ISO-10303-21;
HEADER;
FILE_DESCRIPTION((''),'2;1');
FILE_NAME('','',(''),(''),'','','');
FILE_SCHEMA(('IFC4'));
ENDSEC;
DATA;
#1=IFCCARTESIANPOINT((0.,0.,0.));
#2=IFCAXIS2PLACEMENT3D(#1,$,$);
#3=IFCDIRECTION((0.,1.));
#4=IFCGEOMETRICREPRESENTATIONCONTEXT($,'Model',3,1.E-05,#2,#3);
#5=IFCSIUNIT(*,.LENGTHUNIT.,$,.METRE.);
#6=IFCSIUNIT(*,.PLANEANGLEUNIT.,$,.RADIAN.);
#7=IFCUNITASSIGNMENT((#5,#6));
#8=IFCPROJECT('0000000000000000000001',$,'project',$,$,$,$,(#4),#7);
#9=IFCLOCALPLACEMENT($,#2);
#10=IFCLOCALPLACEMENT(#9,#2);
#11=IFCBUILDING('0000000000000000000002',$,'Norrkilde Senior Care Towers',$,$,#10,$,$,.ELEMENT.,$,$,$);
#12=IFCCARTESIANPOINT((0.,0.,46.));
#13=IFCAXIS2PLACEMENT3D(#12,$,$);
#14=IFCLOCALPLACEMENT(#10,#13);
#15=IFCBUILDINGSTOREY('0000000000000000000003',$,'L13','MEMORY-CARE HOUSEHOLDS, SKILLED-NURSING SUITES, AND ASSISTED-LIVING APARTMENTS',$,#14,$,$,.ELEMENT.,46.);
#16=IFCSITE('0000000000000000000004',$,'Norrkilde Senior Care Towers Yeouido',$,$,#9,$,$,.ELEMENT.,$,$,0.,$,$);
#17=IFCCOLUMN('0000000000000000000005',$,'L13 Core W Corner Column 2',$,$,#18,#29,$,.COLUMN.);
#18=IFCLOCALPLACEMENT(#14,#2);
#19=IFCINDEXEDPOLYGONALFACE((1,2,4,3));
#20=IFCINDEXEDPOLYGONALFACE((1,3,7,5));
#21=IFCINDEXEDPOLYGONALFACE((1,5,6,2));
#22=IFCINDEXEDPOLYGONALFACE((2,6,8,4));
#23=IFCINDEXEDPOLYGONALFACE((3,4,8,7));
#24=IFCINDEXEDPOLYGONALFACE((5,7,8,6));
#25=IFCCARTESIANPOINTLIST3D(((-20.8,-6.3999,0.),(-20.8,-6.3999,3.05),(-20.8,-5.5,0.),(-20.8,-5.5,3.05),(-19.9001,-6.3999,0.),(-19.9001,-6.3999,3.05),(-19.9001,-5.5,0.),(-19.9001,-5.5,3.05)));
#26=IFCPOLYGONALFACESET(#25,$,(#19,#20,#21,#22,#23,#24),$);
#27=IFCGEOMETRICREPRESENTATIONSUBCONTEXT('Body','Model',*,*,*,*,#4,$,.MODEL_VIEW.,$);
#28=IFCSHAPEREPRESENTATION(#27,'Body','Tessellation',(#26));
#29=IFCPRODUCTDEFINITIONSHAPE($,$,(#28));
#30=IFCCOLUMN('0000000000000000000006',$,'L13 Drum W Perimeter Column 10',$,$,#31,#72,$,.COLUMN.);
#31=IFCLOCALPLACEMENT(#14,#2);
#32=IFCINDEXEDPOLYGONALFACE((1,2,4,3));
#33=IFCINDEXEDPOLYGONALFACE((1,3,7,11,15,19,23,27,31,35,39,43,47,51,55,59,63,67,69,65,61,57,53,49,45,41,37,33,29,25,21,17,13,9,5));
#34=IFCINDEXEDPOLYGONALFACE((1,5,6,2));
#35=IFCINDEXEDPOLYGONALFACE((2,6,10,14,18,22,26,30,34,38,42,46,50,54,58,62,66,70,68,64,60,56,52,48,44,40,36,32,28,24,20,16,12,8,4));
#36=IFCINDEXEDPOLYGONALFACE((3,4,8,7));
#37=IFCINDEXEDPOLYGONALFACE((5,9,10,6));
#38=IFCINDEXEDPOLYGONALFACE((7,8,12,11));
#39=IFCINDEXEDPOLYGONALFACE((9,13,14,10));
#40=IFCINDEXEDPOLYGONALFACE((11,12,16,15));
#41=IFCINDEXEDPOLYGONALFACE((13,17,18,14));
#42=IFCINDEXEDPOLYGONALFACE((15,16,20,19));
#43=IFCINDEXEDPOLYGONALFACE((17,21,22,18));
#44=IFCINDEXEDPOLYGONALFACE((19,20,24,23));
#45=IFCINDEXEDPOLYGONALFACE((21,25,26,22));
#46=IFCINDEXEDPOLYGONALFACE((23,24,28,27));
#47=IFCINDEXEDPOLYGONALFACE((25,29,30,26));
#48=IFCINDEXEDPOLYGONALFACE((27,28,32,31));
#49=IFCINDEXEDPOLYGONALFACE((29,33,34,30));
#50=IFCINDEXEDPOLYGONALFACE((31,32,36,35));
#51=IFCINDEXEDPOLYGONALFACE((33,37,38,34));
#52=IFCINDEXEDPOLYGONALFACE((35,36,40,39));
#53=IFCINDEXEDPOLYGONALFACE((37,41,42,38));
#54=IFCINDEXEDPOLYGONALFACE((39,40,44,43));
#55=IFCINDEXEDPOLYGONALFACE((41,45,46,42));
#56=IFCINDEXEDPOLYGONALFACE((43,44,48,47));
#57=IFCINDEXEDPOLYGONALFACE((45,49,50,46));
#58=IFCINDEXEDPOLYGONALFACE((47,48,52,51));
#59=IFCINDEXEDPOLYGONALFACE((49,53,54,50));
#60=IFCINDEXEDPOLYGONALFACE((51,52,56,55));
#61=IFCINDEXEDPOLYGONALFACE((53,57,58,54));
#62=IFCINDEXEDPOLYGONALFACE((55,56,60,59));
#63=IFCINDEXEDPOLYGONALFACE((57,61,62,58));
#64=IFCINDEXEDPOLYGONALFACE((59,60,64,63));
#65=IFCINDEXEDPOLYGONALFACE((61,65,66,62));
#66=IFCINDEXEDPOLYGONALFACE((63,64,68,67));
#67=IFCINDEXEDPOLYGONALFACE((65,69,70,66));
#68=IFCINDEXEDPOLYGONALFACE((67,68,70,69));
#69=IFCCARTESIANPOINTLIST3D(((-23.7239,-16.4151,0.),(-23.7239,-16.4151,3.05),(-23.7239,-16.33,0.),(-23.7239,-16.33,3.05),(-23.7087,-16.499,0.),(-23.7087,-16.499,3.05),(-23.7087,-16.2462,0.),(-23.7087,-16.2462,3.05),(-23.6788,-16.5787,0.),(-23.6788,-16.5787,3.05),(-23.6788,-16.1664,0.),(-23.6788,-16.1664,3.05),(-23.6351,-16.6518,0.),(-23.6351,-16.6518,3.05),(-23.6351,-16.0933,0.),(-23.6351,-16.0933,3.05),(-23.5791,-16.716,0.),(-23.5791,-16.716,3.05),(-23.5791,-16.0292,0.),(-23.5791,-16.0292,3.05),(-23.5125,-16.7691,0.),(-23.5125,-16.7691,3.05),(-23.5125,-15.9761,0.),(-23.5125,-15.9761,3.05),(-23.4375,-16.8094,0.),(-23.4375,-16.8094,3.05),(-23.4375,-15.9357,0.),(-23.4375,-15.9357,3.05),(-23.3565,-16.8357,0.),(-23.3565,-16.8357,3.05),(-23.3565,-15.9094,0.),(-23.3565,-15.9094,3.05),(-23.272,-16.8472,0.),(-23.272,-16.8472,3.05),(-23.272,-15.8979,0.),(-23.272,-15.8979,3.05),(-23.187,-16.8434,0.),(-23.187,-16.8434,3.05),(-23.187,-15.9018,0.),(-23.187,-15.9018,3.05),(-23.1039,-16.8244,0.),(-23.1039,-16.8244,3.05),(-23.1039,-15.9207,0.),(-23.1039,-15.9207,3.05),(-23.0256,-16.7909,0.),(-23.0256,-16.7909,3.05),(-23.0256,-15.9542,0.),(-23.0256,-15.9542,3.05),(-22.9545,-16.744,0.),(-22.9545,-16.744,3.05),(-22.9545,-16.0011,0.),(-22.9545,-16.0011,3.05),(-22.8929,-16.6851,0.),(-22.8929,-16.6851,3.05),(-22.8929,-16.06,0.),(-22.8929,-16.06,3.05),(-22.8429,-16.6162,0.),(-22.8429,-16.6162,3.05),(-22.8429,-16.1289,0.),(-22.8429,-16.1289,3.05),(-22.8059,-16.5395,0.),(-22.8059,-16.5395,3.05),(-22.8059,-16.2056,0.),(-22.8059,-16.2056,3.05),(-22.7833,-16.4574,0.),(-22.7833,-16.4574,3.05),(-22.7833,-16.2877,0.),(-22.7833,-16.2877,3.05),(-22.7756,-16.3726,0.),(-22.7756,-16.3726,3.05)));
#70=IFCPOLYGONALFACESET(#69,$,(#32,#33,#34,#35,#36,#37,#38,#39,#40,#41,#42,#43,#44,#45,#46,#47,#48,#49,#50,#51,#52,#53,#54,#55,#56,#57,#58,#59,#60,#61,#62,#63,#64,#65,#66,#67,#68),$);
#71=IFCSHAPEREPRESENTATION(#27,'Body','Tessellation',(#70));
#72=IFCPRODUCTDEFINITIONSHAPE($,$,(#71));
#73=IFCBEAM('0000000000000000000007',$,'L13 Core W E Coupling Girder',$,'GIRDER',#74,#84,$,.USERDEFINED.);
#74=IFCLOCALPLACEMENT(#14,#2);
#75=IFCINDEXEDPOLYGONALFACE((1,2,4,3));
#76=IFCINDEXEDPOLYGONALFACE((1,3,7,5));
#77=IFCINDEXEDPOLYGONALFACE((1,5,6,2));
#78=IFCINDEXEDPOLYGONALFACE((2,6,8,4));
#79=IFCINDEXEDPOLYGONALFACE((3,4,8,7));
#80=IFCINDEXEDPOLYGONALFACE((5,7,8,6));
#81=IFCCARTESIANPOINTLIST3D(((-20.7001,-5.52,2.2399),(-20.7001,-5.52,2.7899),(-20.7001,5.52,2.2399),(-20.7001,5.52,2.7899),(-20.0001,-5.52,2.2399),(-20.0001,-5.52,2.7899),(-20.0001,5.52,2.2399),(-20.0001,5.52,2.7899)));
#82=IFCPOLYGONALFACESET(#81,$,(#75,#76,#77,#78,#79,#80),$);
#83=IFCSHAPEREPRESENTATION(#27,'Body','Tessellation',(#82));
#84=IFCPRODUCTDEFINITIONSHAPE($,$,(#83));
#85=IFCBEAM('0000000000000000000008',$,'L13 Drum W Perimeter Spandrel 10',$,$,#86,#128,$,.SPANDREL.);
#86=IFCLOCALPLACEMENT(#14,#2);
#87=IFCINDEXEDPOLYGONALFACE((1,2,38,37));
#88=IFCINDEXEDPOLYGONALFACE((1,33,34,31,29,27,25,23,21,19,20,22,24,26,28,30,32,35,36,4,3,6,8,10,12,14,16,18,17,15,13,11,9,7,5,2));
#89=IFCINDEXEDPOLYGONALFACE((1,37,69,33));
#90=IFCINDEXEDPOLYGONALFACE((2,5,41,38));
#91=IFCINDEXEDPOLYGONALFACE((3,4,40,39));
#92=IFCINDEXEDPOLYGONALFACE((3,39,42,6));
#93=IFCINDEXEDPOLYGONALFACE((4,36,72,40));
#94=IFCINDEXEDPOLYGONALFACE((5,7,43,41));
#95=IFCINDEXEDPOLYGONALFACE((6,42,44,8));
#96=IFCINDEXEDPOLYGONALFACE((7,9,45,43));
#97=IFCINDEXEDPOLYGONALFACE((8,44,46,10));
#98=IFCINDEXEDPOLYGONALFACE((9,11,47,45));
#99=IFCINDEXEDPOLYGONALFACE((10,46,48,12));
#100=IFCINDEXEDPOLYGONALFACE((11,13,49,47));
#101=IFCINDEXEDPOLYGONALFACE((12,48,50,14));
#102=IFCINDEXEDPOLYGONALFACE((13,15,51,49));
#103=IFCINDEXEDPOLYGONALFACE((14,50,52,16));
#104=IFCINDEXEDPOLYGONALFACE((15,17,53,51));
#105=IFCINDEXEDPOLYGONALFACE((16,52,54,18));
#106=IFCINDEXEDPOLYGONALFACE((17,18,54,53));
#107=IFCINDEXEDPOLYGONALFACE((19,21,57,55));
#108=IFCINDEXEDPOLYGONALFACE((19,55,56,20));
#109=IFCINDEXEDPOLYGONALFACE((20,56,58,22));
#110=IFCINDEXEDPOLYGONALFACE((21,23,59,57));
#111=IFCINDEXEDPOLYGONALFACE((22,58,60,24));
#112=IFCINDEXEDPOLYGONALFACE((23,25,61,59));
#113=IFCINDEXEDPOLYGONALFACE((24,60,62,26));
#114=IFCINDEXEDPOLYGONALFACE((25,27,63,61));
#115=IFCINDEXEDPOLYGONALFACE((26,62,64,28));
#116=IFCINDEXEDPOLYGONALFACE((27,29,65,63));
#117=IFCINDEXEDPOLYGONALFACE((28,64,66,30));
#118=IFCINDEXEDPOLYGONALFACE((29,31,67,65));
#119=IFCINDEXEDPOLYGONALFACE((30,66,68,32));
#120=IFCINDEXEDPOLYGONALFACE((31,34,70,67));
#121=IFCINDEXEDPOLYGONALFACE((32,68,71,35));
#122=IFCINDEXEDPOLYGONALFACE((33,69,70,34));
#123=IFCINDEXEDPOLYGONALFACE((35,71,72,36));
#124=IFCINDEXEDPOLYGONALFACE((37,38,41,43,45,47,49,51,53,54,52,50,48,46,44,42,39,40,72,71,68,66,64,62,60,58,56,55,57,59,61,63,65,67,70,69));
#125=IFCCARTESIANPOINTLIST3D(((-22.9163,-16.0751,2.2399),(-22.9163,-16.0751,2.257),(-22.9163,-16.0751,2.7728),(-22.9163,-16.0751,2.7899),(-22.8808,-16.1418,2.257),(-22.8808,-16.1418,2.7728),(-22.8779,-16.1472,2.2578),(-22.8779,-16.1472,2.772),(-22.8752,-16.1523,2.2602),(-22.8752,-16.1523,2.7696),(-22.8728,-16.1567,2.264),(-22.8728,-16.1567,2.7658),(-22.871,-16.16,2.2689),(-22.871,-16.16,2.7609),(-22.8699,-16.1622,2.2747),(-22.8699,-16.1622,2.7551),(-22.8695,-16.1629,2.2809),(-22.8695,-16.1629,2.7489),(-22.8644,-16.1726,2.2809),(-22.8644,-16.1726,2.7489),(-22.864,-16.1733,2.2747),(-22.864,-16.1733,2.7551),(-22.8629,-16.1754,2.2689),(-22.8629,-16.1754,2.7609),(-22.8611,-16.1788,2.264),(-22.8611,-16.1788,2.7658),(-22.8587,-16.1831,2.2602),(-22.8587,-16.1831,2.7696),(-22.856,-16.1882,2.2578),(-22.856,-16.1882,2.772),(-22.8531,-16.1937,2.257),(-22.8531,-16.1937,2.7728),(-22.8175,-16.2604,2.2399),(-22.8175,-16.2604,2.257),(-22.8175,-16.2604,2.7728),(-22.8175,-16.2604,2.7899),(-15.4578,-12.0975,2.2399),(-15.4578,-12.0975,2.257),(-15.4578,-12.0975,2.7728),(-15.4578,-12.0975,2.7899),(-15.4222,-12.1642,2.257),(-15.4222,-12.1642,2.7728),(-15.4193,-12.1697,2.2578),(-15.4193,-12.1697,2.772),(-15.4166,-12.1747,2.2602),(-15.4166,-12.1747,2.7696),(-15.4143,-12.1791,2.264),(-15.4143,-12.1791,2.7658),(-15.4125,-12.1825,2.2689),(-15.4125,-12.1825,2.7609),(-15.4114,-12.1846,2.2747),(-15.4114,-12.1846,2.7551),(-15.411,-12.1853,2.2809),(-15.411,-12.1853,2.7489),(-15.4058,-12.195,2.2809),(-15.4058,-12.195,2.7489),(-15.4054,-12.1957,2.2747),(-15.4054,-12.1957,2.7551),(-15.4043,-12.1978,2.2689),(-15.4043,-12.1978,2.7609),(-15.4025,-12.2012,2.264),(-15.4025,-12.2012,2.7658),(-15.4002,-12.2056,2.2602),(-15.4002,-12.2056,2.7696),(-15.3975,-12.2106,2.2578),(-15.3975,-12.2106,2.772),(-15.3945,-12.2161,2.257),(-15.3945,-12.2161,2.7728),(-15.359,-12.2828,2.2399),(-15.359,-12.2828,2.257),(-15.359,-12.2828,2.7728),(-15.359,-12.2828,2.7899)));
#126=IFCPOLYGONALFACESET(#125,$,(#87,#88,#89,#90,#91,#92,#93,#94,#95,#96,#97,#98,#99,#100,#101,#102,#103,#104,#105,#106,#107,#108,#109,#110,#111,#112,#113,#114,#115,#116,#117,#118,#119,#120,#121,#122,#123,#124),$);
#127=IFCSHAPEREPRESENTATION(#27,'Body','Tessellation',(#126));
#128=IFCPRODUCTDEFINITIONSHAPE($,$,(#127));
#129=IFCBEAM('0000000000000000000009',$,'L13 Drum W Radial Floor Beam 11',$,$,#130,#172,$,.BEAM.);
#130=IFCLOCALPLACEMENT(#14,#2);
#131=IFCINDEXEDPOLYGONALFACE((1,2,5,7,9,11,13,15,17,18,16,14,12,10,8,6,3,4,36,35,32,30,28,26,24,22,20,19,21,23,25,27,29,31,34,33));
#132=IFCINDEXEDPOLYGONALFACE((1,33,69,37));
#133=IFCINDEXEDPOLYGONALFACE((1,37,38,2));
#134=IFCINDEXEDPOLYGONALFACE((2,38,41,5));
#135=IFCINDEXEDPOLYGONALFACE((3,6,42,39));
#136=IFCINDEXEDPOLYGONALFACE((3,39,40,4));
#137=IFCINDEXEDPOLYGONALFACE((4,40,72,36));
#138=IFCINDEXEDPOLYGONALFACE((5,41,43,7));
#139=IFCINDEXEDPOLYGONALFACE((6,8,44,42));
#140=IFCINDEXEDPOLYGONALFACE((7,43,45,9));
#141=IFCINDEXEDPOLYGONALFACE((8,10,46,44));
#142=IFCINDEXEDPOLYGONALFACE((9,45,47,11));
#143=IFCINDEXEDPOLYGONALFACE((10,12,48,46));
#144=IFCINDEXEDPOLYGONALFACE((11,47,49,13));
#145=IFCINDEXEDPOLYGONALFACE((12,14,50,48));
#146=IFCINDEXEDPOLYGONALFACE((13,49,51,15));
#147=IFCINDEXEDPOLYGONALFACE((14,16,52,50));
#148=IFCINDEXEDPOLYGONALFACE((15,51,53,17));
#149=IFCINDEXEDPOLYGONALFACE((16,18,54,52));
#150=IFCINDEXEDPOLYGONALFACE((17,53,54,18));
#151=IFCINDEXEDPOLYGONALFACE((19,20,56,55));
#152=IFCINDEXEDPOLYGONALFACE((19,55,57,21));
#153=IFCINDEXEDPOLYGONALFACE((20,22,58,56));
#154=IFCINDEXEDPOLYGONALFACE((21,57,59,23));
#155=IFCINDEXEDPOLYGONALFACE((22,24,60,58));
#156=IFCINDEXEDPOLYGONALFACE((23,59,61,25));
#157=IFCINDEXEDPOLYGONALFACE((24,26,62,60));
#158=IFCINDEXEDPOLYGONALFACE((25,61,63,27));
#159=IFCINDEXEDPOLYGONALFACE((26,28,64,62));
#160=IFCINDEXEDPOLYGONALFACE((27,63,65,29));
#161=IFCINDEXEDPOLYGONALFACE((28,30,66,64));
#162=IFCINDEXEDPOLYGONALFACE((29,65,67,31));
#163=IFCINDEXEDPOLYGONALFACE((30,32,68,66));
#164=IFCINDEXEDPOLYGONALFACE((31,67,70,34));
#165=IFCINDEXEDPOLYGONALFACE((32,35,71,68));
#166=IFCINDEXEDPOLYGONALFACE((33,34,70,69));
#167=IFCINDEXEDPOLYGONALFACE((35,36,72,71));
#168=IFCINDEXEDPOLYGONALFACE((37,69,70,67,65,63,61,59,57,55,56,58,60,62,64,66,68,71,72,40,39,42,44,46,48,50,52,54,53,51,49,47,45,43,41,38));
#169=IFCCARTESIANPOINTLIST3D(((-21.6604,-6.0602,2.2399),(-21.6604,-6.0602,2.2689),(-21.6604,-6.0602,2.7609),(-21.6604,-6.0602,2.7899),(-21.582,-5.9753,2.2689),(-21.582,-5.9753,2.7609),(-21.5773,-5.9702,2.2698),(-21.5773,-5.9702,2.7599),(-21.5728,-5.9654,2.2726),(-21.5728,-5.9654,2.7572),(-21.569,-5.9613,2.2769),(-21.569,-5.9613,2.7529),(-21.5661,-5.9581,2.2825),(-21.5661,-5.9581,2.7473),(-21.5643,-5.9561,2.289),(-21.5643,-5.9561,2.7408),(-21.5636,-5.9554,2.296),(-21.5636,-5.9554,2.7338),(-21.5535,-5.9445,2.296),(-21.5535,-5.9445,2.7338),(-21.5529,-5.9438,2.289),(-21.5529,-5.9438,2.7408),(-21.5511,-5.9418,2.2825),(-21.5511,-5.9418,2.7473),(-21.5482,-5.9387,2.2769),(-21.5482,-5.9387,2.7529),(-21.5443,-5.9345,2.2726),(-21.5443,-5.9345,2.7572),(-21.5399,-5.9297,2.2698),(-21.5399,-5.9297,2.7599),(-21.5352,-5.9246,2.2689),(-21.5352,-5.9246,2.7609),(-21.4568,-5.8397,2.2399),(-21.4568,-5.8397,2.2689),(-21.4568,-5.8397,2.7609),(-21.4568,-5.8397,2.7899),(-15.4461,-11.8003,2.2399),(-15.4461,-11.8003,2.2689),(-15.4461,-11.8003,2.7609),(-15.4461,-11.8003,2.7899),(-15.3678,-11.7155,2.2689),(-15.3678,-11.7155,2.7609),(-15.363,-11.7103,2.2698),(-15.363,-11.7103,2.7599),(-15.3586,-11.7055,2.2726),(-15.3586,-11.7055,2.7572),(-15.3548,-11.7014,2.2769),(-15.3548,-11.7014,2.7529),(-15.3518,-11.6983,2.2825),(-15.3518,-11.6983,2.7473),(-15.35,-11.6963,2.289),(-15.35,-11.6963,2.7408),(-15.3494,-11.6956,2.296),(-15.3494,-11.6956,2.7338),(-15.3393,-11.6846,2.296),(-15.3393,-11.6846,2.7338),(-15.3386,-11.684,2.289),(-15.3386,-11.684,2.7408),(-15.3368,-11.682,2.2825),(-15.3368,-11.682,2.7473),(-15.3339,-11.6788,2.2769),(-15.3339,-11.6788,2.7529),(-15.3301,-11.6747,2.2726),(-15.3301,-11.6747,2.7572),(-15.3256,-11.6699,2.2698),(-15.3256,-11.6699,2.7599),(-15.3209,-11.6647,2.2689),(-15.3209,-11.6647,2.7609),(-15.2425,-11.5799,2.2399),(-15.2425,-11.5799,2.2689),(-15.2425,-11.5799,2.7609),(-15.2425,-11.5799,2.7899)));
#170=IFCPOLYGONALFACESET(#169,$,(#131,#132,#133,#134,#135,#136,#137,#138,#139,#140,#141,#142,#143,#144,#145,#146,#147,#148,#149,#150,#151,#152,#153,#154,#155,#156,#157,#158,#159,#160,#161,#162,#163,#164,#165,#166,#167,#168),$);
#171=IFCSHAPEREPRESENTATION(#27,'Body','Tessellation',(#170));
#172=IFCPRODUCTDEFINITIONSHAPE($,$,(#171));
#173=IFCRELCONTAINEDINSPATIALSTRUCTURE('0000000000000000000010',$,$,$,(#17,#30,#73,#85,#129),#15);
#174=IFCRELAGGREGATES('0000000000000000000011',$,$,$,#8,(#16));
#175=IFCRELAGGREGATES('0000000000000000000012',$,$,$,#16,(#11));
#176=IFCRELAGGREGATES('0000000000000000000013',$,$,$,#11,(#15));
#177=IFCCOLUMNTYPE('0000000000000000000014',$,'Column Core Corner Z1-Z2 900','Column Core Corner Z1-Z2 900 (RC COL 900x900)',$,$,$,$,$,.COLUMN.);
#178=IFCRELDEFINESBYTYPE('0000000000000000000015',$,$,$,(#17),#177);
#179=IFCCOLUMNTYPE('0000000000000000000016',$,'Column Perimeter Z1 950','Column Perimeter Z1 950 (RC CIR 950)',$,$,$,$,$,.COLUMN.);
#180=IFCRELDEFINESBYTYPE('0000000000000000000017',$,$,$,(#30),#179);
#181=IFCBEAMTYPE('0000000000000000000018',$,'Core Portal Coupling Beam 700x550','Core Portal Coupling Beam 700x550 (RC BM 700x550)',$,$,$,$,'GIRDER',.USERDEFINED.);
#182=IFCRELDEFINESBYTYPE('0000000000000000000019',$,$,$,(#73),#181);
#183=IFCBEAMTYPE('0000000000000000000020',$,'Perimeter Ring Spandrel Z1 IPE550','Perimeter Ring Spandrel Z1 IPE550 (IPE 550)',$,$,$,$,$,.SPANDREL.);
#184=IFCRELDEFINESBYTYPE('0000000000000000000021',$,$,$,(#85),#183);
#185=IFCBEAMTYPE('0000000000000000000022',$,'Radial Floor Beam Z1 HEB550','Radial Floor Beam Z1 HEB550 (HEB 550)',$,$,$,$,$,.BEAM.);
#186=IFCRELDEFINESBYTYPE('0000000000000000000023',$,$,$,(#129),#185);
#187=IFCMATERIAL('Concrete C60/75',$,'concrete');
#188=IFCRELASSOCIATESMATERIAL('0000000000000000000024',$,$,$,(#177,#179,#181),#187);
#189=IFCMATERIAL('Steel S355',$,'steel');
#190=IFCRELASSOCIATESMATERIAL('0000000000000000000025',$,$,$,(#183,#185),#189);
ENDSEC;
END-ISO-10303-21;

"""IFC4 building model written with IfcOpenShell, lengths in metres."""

from ifc_helpers import new_model, si_unit, direction, frame, origin, origin_2d, place, context, subcontext, project, spatial, rectangle, circle, i_section, extrude, source, transform, mapped, material, material_profile, profile_set, type_object, type_shapes, element, save


model = new_model("IFC4")

# Units and contexts
model_context = context("Model", 3, precision=1e-05, world=origin(), true_north=direction((0.0, 1.0)))
body_context = subcontext(model_context, "Body", "Model", "MODEL_VIEW")
ifc_project = project(units=[si_unit("LENGTHUNIT", "METRE"), si_unit("PLANEANGLEUNIT", "RADIAN")], contexts=[model_context])

# Site, building, storey
site_placement = place(None, origin())
site = spatial("IfcSite", under=ifc_project, at=site_placement, Name="Norrkilde Senior Care Towers Yeouido", CompositionType="ELEMENT", RefElevation=0.0)
building_placement = place(site_placement, origin())
building = spatial("IfcBuilding", under=site, at=building_placement, Name="Norrkilde Senior Care Towers", CompositionType="ELEMENT")
storey_placement = place(building_placement, frame((0.0, 0.0, 46.0)))
storey = spatial("IfcBuildingStorey", under=building, at=storey_placement, Name="L13", Description="MEMORY-CARE HOUSEHOLDS, SKILLED-NURSING SUITES, AND ASSISTED-LIVING APARTMENTS", CompositionType="ELEMENT", Elevation=46.0)

# Columns
ifc_material_1 = material(Name="Concrete C60/75", Category="concrete")
ifc_material_profile_1 = material_profile(ifc_material_1, rectangle(XDim=0.8999, YDim=0.8999, at=origin_2d()), Name="RC COL 900x900")
ifc_profile_set_1 = profile_set([ifc_material_profile_1], Name="Concrete C60/75")
column_type_1 = type_object("IfcColumnType", Name="Column Core Corner Z1-Z2 900", Description="Column Core Corner Z1-Z2 900 (RC COL 900x900)", PredefinedType="COLUMN", material=ifc_profile_set_1)
shared_shape_1 = source(origin(), body_context, "Body", "SweptSolid", [
    extrude(rectangle(XDim=0.8999, YDim=0.8999, at=origin_2d()), origin(), (0.0, 0.0, 1.0), 3.05),
])
type_shapes(column_type_1, [shared_shape_1])
column_1_placement = place(storey_placement, frame((-20.3501, -5.95, 0.0), z_axis=(0.0, 0.0, 1.0), x_axis=(1.0, 0.0, 0.0)))
element("IfcColumn", 1, at=column_1_placement, inside=storey, type_object=column_type_1, Name="L13 Core W Corner Column 2", PredefinedType="COLUMN", context=body_context, shape_type="MappedRepresentation", body=[
    mapped(shared_shape_1, transform((0.0, 0.0, 0.0), x_axis=(1.0, 0.0, 0.0), y_axis=(0.0, 1.0, 0.0), z_axis=(0.0, 0.0, 1.0), scale=1.0)),
])
ifc_material_profile_2 = material_profile(ifc_material_1, circle(Radius=0.4751, at=origin_2d()), Name="RC CIR 950")
ifc_profile_set_2 = profile_set([ifc_material_profile_2], Name="Concrete C60/75")
column_type_2 = type_object("IfcColumnType", Name="Column Perimeter Z1 950", Description="Column Perimeter Z1 950 (RC CIR 950)", PredefinedType="COLUMN", material=ifc_profile_set_2)
shared_shape_2 = source(origin(), body_context, "Body", "SweptSolid", [
    extrude(circle(Radius=0.4751, at=origin_2d()), origin(), (0.0, 0.0, 1.0), 3.05),
])
type_shapes(column_type_2, [shared_shape_2])
column_2_placement = place(storey_placement, frame((-23.2507, -16.3726, 0.0), z_axis=(0.0, 0.0, 1.0), x_axis=(1.0, 0.0, 0.0)))
element("IfcColumn", 2, at=column_2_placement, inside=storey, type_object=column_type_2, Name="L13 Drum W Perimeter Column 10", PredefinedType="COLUMN", context=body_context, shape_type="MappedRepresentation", body=[
    mapped(shared_shape_2, transform((0.0, 0.0, 0.0), x_axis=(1.0, 0.0, 0.0), y_axis=(0.0, 1.0, 0.0), z_axis=(0.0, 0.0, 1.0), scale=1.0)),
])

# Beams
ifc_material_profile_3 = material_profile(ifc_material_1, rectangle(XDim=0.7, YDim=0.55, at=origin_2d()), Name="RC BM 700x550")
ifc_profile_set_3 = profile_set([ifc_material_profile_3], Name="Concrete C60/75")
beam_type_1 = type_object("IfcBeamType", Name="Core Portal Coupling Beam 700x550", Description="Core Portal Coupling Beam 700x550 (RC BM 700x550)", ElementType="GIRDER", PredefinedType="USERDEFINED", material=ifc_profile_set_3)
shared_shape_3 = source(origin(), body_context, "Body", "SweptSolid", [
    extrude(rectangle(XDim=0.7, YDim=0.55, at=origin_2d()), origin(), (0.0, 0.0, 1.0), 11.04),
])
type_shapes(beam_type_1, [shared_shape_3])
beam_1_placement = place(storey_placement, frame((-20.3501, -5.52, 2.5149), z_axis=(0.0, 1.0, 0.0), x_axis=(-1.0, 0.0, 0.0)))
element("IfcBeam", 3, at=beam_1_placement, inside=storey, type_object=beam_type_1, Name="L13 Core W E Coupling Girder", ObjectType="GIRDER", PredefinedType="USERDEFINED", context=body_context, shape_type="MappedRepresentation", body=[
    mapped(shared_shape_3, transform((0.0, 0.0, 0.0), x_axis=(1.0, 0.0, 0.0), y_axis=(0.0, 1.0, 0.0), z_axis=(0.0, 0.0, 1.0), scale=1.0)),
])
ifc_material_2 = material(Name="Steel S355", Category="steel")
ifc_material_profile_4 = material_profile(ifc_material_2, i_section(OverallWidth=0.21, OverallDepth=0.55, WebThickness=0.011, FlangeThickness=0.0171, FilletRadius=0.0239, at=origin_2d()), Name="IPE 550")
ifc_profile_set_4 = profile_set([ifc_material_profile_4], Name="Steel S355")
beam_type_2 = type_object("IfcBeamType", Name="Perimeter Ring Spandrel Z1 IPE550", Description="Perimeter Ring Spandrel Z1 IPE550 (IPE 550)", PredefinedType="SPANDREL", material=ifc_profile_set_4)
shared_shape_4 = source(origin(), body_context, "Body", "SweptSolid", [
    extrude(i_section(OverallWidth=0.21, OverallDepth=0.55, WebThickness=0.011, FlangeThickness=0.0171, FilletRadius=0.0239, at=origin_2d()), origin(), (0.0, 0.0, 1.0), 8.4529),
])
type_shapes(beam_type_2, [shared_shape_4])
beam_2_placement = place(storey_placement, frame((-22.8669, -16.1677, 2.5149), z_axis=(0.882369, 0.470558, 0.0), x_axis=(-0.470558, 0.882369, 0.0)))
element("IfcBeam", 4, at=beam_2_placement, inside=storey, type_object=beam_type_2, Name="L13 Drum W Perimeter Spandrel 10", PredefinedType="SPANDREL", context=body_context, shape_type="MappedRepresentation", body=[
    mapped(shared_shape_4, transform((0.0, 0.0, 0.0), x_axis=(1.0, 0.0, 0.0), y_axis=(0.0, 1.0, 0.0), z_axis=(0.0, 0.0, 1.0), scale=1.0)),
])
ifc_material_profile_5 = material_profile(ifc_material_2, i_section(OverallWidth=0.3, OverallDepth=0.55, WebThickness=0.0149, FlangeThickness=0.0291, FilletRadius=0.0271, at=origin_2d()), Name="HEB 550")
ifc_profile_set_5 = profile_set([ifc_material_profile_5], Name="Steel S355")
beam_type_3 = type_object("IfcBeamType", Name="Radial Floor Beam Z1 HEB550", Description="Radial Floor Beam Z1 HEB550 (HEB 550)", PredefinedType="BEAM", material=ifc_profile_set_5)
shared_shape_5 = source(origin(), body_context, "Body", "SweptSolid", [
    extrude(i_section(OverallWidth=0.3, OverallDepth=0.55, WebThickness=0.0149, FlangeThickness=0.0291, FilletRadius=0.0271, at=origin_2d()), origin(), (0.0, 0.0, 1.0), 8.4597),
])
beam_3_placement = place(storey_placement, frame((-21.5586, -5.95, 2.5149), z_axis=(0.734573, -0.678529, 0.0), x_axis=(0.678529, 0.734573, 0.0)))
element("IfcBeam", 5, at=beam_3_placement, inside=storey, type_object=beam_type_3, Name="L13 Drum W Radial Floor Beam 11", PredefinedType="BEAM", context=body_context, shape_type="MappedRepresentation", body=[
    mapped(shared_shape_5, transform((0.0, 0.0, 0.0), x_axis=(1.0, 0.0, 0.0), y_axis=(0.0, 1.0, 0.0), z_axis=(0.0, 0.0, 1.0), scale=1.0)),
])

save(model, "model.ifc")
